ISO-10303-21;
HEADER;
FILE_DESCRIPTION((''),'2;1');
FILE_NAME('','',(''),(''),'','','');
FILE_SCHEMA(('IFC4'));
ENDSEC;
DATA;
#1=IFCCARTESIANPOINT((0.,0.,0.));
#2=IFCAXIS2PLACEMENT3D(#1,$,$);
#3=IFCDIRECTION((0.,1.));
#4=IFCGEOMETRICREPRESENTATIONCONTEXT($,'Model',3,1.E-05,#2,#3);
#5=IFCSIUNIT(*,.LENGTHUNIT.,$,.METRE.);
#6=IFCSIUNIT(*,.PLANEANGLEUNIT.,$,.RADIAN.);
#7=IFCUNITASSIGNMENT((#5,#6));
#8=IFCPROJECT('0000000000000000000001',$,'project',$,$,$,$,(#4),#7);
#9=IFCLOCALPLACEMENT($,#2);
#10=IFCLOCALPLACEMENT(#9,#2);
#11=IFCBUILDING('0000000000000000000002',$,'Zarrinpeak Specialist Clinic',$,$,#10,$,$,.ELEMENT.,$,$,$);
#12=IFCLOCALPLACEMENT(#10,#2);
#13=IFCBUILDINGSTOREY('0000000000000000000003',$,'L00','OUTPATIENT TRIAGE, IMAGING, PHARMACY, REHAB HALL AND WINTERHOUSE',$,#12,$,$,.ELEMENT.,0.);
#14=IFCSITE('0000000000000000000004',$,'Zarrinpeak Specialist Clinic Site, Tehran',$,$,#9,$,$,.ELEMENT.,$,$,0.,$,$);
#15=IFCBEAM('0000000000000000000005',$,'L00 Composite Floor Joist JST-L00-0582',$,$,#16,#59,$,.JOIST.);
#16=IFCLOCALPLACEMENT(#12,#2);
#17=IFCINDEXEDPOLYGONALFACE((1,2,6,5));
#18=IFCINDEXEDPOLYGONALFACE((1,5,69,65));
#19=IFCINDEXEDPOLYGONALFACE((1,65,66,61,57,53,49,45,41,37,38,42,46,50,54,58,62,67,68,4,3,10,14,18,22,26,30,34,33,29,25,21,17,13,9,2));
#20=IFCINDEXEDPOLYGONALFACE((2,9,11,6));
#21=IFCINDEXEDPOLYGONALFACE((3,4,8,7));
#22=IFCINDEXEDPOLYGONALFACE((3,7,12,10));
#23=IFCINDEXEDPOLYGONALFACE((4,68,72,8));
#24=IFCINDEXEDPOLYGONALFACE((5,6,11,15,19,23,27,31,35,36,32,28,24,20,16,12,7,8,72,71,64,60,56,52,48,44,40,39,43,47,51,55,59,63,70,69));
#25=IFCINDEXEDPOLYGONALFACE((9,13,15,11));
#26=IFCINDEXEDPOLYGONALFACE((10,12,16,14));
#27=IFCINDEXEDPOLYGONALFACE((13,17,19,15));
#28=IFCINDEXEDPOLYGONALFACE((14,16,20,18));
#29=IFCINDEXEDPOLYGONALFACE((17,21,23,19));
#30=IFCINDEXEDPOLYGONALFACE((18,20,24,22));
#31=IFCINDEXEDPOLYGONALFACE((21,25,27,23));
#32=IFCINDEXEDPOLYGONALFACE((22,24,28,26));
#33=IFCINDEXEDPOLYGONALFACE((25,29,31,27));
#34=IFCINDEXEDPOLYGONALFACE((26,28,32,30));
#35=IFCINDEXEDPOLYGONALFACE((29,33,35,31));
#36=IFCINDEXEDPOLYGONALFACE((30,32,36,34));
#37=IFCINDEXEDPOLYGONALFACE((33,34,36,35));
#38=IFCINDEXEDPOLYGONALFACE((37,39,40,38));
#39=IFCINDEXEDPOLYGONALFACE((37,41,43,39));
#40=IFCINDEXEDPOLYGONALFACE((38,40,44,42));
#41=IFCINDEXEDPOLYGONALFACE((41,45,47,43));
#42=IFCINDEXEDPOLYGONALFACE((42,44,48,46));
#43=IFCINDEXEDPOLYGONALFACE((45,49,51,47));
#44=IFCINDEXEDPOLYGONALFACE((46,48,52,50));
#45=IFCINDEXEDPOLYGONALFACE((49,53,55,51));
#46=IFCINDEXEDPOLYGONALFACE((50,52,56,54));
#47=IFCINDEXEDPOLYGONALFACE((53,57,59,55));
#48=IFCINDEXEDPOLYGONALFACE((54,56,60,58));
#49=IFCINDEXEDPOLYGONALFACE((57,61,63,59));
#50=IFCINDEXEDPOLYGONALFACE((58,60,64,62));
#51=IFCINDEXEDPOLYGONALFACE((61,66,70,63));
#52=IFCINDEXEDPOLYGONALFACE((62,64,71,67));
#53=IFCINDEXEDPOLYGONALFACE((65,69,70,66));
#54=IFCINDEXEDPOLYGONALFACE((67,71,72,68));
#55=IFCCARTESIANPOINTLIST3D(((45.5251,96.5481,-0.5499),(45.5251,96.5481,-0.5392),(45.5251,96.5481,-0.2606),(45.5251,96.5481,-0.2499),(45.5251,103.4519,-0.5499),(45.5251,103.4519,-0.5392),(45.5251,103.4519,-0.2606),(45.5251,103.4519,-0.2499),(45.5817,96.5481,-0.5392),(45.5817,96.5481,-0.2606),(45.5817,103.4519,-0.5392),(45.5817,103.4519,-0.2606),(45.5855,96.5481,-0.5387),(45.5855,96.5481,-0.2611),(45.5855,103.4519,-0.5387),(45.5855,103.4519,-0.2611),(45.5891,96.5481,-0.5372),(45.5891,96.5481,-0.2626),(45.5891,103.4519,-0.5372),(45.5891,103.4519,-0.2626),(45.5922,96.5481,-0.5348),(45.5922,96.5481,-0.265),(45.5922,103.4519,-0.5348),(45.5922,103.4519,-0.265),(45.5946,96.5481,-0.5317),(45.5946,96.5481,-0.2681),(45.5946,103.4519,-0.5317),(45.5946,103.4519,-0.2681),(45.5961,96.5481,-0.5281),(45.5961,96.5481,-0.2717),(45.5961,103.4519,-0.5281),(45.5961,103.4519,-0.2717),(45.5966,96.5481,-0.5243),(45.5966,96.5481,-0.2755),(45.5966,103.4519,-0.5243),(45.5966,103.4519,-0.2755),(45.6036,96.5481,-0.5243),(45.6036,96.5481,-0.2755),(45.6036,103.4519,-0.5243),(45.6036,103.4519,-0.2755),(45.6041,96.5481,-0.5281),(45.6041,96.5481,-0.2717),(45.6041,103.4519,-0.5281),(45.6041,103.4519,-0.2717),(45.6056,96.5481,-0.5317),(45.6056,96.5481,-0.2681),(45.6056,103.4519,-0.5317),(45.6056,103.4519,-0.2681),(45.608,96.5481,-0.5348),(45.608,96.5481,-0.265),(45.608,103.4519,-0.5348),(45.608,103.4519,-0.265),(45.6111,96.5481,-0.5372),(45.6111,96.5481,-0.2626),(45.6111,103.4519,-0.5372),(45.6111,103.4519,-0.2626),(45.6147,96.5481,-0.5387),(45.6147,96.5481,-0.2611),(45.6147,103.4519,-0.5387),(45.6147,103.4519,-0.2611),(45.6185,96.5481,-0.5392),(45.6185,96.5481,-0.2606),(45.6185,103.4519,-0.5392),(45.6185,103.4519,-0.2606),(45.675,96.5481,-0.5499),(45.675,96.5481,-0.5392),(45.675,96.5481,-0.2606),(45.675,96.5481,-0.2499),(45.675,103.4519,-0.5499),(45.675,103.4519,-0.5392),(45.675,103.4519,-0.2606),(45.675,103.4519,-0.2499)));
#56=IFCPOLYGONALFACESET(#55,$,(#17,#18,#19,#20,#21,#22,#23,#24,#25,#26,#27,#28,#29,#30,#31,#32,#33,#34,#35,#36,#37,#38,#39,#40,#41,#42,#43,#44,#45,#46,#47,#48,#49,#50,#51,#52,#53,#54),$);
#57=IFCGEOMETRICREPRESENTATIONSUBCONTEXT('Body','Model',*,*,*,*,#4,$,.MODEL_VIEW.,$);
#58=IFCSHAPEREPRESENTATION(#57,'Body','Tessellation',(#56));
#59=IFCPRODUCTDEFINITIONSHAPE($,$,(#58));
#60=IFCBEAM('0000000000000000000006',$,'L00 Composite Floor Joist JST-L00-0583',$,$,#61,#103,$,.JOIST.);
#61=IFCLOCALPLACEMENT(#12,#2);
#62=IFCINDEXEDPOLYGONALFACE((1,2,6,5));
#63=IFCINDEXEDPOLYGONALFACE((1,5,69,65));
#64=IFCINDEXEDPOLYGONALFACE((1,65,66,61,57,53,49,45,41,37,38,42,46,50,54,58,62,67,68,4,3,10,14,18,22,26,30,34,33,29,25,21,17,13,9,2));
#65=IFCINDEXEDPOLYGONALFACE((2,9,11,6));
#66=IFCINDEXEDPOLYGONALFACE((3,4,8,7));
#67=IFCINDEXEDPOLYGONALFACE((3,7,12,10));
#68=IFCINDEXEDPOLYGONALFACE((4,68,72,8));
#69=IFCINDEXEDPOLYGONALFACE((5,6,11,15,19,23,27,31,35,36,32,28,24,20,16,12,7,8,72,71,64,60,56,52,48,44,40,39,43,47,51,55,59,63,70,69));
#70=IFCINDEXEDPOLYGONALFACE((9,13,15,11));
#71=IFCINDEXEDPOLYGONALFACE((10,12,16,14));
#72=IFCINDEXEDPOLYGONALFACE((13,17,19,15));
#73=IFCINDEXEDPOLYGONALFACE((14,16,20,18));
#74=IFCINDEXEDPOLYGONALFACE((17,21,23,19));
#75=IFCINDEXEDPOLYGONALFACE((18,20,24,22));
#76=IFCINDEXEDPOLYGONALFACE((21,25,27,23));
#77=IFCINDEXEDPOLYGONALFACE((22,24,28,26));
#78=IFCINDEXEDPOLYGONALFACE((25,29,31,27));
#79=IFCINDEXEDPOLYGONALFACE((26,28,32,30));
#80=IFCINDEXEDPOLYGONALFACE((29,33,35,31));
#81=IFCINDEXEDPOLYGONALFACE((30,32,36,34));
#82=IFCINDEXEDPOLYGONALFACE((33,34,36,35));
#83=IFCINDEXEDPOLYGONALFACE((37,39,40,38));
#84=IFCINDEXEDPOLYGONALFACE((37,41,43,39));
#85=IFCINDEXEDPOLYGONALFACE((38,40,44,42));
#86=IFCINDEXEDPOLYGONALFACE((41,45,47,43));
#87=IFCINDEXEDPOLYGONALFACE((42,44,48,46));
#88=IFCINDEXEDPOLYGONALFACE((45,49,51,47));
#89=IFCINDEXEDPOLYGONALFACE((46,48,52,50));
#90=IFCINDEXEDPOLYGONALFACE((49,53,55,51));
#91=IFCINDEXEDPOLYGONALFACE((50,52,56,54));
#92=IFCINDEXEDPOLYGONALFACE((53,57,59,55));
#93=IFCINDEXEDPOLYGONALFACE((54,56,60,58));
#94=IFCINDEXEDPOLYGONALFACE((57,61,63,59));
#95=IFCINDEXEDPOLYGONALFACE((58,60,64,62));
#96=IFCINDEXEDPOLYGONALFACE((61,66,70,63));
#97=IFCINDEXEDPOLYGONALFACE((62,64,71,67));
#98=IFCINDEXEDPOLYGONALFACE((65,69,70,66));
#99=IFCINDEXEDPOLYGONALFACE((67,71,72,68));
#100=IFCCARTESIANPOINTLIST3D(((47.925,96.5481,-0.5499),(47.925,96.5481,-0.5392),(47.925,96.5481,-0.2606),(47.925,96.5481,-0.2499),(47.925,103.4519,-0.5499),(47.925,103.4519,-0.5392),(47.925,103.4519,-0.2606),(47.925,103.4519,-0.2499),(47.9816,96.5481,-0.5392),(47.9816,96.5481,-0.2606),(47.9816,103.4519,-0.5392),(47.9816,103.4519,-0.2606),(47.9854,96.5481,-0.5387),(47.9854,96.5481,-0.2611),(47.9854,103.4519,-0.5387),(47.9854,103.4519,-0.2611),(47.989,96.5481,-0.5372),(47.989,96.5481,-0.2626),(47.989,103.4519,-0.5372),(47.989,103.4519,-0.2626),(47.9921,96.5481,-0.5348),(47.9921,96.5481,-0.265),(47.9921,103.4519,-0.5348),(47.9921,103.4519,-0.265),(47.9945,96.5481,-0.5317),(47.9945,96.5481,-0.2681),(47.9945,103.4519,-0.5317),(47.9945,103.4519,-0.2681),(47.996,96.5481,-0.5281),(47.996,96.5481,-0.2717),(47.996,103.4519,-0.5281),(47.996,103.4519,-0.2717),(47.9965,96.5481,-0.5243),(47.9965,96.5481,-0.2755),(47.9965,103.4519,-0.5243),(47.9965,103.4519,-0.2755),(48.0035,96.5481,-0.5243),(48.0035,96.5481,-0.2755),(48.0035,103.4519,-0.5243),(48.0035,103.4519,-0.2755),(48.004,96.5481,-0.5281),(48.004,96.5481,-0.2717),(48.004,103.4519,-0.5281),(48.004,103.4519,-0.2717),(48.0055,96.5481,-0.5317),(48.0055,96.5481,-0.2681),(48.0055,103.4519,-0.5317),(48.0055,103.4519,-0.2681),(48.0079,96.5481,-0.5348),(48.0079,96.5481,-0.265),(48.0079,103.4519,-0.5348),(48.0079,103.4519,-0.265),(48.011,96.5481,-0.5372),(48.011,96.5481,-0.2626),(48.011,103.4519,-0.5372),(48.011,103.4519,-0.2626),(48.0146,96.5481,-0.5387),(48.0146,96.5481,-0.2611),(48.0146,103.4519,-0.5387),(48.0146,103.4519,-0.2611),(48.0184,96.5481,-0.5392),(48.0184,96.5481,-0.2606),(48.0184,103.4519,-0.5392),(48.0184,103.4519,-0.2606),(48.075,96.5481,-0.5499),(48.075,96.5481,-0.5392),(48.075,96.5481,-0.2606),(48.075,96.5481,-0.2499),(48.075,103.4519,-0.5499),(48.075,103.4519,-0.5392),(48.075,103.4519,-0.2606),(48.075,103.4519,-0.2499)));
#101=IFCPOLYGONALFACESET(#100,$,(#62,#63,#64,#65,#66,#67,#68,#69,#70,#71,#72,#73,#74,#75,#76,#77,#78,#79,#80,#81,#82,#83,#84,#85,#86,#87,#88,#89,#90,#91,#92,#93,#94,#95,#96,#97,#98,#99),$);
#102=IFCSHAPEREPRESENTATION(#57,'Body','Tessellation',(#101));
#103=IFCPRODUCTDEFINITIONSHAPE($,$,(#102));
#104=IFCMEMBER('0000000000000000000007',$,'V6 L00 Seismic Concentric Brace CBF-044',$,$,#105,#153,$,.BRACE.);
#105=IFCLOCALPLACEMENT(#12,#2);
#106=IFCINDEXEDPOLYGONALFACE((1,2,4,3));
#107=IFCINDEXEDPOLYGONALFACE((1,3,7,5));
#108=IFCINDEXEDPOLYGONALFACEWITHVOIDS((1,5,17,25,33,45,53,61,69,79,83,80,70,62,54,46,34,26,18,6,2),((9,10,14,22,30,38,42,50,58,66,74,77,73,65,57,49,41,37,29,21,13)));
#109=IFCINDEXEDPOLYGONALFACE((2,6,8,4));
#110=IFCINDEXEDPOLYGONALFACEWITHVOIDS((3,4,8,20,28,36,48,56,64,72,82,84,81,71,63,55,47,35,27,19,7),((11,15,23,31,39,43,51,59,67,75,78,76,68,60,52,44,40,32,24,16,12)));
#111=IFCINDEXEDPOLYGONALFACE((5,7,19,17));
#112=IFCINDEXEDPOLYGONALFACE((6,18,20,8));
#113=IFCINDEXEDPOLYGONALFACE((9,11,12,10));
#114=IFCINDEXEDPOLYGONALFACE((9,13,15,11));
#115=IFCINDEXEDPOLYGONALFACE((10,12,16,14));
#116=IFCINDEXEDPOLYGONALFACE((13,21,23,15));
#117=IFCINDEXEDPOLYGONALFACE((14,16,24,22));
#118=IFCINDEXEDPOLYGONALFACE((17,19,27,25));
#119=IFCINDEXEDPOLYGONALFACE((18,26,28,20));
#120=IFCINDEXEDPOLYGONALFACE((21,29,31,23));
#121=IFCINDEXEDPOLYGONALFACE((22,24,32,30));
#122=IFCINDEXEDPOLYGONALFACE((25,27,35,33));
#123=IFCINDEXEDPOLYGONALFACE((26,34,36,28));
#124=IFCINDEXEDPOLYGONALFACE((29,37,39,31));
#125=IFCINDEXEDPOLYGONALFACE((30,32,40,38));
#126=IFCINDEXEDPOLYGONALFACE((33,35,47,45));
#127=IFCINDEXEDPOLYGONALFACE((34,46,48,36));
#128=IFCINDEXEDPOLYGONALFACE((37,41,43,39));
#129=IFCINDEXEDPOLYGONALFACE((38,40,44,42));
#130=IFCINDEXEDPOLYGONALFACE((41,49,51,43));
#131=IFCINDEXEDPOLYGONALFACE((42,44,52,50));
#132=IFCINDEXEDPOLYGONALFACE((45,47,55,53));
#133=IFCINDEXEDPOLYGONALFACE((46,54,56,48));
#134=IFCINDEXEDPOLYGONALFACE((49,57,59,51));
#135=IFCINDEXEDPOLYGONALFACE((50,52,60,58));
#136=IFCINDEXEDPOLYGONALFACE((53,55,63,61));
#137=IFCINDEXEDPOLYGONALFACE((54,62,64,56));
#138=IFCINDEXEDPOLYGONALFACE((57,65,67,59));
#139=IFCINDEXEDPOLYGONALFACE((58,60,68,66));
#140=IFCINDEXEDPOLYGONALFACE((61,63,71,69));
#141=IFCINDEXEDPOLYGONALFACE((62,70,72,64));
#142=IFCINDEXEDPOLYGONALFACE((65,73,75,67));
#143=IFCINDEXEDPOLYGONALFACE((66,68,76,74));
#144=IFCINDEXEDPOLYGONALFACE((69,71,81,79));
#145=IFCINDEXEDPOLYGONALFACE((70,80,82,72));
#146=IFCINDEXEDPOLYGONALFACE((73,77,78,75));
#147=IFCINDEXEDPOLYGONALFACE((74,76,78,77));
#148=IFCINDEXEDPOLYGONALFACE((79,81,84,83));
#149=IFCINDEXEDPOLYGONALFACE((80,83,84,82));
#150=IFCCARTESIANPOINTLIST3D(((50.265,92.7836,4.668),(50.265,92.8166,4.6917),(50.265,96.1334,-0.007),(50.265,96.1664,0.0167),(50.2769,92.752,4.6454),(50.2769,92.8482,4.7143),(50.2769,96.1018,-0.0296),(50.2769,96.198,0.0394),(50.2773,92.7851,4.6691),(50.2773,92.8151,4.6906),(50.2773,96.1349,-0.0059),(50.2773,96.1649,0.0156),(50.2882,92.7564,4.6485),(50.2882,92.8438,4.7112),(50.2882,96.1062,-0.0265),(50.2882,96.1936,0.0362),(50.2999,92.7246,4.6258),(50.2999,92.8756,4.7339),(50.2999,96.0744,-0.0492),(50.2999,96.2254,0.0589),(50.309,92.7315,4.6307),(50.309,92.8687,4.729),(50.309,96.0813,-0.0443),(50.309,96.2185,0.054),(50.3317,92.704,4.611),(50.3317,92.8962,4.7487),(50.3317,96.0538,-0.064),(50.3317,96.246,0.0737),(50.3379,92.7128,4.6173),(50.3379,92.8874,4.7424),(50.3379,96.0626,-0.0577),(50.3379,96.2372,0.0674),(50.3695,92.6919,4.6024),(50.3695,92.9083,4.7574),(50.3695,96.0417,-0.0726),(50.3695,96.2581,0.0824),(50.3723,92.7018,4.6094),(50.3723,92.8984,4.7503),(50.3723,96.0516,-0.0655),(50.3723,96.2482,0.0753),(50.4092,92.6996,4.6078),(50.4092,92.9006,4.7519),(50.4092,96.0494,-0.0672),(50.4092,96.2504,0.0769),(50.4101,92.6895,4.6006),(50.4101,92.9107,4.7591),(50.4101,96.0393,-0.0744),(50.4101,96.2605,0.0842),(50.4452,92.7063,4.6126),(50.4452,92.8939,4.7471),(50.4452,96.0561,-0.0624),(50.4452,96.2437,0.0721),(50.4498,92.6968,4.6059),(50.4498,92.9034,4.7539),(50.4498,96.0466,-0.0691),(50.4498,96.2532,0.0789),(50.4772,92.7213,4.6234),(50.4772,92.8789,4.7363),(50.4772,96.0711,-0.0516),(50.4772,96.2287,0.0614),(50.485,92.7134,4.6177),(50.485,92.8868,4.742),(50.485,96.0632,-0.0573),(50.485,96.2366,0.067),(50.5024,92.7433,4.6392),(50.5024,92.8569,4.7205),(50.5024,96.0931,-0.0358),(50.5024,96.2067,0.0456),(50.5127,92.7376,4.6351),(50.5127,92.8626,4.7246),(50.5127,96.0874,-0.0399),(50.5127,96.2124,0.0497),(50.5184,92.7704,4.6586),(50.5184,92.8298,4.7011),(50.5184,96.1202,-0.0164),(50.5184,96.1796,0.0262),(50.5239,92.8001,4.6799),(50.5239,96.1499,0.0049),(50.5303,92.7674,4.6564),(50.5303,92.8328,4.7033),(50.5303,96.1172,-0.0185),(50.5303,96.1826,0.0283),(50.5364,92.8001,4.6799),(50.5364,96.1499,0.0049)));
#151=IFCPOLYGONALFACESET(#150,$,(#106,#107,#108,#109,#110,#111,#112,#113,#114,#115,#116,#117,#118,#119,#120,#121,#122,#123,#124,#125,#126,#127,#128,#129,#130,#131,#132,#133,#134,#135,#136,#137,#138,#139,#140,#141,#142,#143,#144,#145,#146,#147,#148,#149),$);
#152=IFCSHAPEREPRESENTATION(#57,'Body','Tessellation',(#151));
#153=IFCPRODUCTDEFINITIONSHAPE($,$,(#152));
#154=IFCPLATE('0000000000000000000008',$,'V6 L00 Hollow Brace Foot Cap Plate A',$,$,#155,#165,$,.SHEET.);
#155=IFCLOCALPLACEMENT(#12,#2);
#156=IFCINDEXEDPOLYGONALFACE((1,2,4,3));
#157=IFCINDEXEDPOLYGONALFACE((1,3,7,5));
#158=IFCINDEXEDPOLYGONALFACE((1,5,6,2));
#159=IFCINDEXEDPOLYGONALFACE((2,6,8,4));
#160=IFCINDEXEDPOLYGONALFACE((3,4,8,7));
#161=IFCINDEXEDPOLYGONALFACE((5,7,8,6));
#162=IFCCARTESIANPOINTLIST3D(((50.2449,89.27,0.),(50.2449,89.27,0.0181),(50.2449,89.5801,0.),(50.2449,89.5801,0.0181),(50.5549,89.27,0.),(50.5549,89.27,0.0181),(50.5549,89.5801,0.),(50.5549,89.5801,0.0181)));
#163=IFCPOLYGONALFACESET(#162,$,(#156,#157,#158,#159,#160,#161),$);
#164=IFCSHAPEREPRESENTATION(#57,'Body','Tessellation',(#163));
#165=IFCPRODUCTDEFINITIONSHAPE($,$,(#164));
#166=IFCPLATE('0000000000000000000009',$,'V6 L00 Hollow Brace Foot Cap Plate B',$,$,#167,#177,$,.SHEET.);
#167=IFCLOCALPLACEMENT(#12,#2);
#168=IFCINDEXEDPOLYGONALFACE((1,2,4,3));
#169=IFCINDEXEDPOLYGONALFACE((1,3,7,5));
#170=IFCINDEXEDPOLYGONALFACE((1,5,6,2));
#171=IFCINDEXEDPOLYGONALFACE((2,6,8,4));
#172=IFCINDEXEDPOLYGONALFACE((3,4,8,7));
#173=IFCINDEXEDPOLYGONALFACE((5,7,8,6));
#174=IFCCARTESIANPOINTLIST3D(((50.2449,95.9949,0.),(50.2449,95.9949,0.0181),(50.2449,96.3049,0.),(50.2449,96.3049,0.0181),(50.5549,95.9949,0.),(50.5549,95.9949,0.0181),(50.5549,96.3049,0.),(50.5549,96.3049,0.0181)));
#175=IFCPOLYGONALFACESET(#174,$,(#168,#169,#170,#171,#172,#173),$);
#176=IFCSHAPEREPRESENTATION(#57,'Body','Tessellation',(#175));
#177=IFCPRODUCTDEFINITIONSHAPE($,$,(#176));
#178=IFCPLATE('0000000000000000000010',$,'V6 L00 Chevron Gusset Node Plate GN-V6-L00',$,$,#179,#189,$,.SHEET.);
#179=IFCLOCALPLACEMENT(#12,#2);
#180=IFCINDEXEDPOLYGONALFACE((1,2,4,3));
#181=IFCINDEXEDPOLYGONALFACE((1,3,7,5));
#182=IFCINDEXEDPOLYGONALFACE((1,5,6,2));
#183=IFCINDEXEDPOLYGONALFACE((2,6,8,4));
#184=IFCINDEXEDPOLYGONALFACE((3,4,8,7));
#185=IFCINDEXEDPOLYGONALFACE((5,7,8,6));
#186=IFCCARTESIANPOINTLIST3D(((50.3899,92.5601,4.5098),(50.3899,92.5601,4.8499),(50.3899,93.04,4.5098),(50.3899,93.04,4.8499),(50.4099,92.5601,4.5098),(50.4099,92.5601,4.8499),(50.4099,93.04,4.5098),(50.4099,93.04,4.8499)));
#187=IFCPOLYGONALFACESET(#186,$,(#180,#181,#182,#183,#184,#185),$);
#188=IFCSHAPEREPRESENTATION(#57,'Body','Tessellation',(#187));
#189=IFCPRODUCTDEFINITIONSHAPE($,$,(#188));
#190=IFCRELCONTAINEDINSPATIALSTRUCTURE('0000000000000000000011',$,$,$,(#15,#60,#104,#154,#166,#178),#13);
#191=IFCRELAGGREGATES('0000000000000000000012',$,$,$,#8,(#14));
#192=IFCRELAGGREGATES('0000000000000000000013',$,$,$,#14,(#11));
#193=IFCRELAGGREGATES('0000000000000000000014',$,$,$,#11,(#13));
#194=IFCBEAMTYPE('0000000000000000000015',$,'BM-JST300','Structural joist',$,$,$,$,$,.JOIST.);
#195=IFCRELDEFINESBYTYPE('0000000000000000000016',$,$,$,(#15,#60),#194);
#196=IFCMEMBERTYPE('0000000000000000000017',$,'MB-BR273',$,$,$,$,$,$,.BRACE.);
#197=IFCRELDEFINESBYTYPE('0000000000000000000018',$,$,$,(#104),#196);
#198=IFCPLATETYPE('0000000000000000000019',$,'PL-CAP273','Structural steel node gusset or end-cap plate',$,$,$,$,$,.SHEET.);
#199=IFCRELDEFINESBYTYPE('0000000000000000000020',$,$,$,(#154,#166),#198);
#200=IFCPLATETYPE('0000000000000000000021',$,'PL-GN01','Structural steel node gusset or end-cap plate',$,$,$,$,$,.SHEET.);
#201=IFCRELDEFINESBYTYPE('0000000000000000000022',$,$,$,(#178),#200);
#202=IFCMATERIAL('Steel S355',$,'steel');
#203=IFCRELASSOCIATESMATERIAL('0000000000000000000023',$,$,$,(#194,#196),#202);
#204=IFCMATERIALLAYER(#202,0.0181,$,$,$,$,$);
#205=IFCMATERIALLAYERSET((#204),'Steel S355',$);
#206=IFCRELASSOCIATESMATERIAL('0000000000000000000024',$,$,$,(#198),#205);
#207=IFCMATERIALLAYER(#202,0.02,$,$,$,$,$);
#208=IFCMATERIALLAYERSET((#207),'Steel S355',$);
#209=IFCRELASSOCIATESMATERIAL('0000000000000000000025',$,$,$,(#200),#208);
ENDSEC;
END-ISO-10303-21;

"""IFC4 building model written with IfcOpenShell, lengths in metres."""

from ifc_helpers import new_model, si_unit, direction, frame, origin, origin_2d, place, context, subcontext, project, spatial, rectangle, hollow_circle, i_section, extrude, material, layer, layer_set, material_profile, profile_set, type_object, element, save


model = new_model("IFC4")

# Units and contexts
model_context = context("Model", 3, precision=1e-05, world=origin(), true_north=direction((0.0, 1.0)))
body_context = subcontext(model_context, "Body", "Model", "MODEL_VIEW")
ifc_project = project(units=[si_unit("LENGTHUNIT", "METRE"), si_unit("PLANEANGLEUNIT", "RADIAN")], contexts=[model_context])

# Site, building, storey
site_placement = place(None, origin())
site = spatial("IfcSite", under=ifc_project, at=site_placement, Name="Zarrinpeak Specialist Clinic Site, Tehran", CompositionType="ELEMENT", RefElevation=0.0)
building_placement = place(site_placement, origin())
building = spatial("IfcBuilding", under=site, at=building_placement, Name="Zarrinpeak Specialist Clinic", CompositionType="ELEMENT")
storey_placement = place(building_placement, origin())
storey = spatial("IfcBuildingStorey", under=building, at=storey_placement, Name="L00", Description="OUTPATIENT TRIAGE, IMAGING, PHARMACY, REHAB HALL AND WINTERHOUSE", CompositionType="ELEMENT", Elevation=0.0)

# Shared definitions
ifc_material_1 = material(Name="Steel S355", Category="steel")

# Beams
ifc_material_profile_1 = material_profile(ifc_material_1, i_section(OverallWidth=0.1499, OverallDepth=0.3, WebThickness=0.0071, FlangeThickness=0.0107, FilletRadius=0.0149, at=origin_2d()), Name="IPE 300")
ifc_profile_set_1 = profile_set([ifc_material_profile_1], Name="Steel S355")
beam_type_1 = type_object("IfcBeamType", Name="BM-JST300", Description="Structural joist", PredefinedType="JOIST", material=ifc_profile_set_1)
for number, where, z_axis, x_axis, name in (
    (1, (45.6001, 96.5481, -0.3999), (0.0, 1.0, 0.0), (-1.0, 0.0, 0.0), "L00 Composite Floor Joist JST-L00-0582"),
    (2, (48.0, 96.5481, -0.3999), (0.0, 1.0, 0.0), (-1.0, 0.0, 0.0), "L00 Composite Floor Joist JST-L00-0583"),
):
    element("IfcBeam", number, at=place(storey_placement, frame(where, z_axis=z_axis, x_axis=x_axis)), inside=storey, type_object=beam_type_1, Name=name, PredefinedType="JOIST", context=body_context, shape_type="SweptSolid", body=[
        extrude(i_section(OverallWidth=0.1499, OverallDepth=0.3, WebThickness=0.0071, FlangeThickness=0.0107, FilletRadius=0.0149, at=origin_2d()), origin(), (0.0, 0.0, 1.0), 6.9038),
    ])

# Member
ifc_material_profile_2 = material_profile(ifc_material_1, hollow_circle(Radius=0.1365, WallThickness=0.0125, at=origin_2d()), Name="CHS 273.0x12.5")
ifc_profile_set_2 = profile_set([ifc_material_profile_2], Name="Steel S355")
member_type = type_object("IfcMemberType", Name="MB-BR273", PredefinedType="BRACE", material=ifc_profile_set_2)
member_placement = place(storey_placement, frame((50.3999, 96.1499, 0.0049), z_axis=(0.0, -0.58245, 0.812866), x_axis=(1.0, 0.0, 0.0)))
element("IfcMember", 3, at=member_placement, inside=storey, type_object=member_type, Name="V6 L00 Seismic Concentric Brace CBF-044", PredefinedType="BRACE", context=body_context, shape_type="SweptSolid", body=[
    extrude(hollow_circle(Radius=0.1365, WallThickness=0.0125, at=origin_2d()), origin(), (0.0, 0.0, 1.0), 5.7512),
])

# Plates
ifc_layer_1 = layer(ifc_material_1, 0.0181)
ifc_layer_set_1 = layer_set([ifc_layer_1], Name="Steel S355")
plate_type_1 = type_object("IfcPlateType", Name="PL-CAP273", Description="Structural steel node gusset or end-cap plate", PredefinedType="SHEET", material=ifc_layer_set_1)
for number, where, z_axis, x_axis, name in (
    (4, (50.3999, 89.425, 0.0), (0.0, 0.0, 1.0), (1.0, 0.0, 0.0), "V6 L00 Hollow Brace Foot Cap Plate A"),
    (5, (50.3999, 96.1499, 0.0), (0.0, 0.0, 1.0), (1.0, 0.0, 0.0), "V6 L00 Hollow Brace Foot Cap Plate B"),
):
    element("IfcPlate", number, at=place(storey_placement, frame(where, z_axis=z_axis, x_axis=x_axis)), inside=storey, type_object=plate_type_1, Name=name, PredefinedType="SHEET", context=body_context, shape_type="SweptSolid", body=[
        extrude(rectangle(XDim=0.3101, YDim=0.3101, at=origin_2d()), origin(), (0.0, 0.0, 1.0), 0.0181),
    ])
ifc_layer_2 = layer(ifc_material_1, 0.02)
ifc_layer_set_2 = layer_set([ifc_layer_2], Name="Steel S355")
plate_type_2 = type_object("IfcPlateType", Name="PL-GN01", Description="Structural steel node gusset or end-cap plate", PredefinedType="SHEET", material=ifc_layer_set_2)
plate_1_placement = place(storey_placement, frame((50.3999, 92.8, 4.5098), z_axis=(0.0, 0.0, 1.0), x_axis=(1.0, 0.0, 0.0)))
element("IfcPlate", 6, at=plate_1_placement, inside=storey, type_object=plate_type_2, Name="V6 L00 Chevron Gusset Node Plate GN-V6-L00", PredefinedType="SHEET", context=body_context, shape_type="SweptSolid", body=[
    extrude(rectangle(XDim=0.02, YDim=0.48, at=origin_2d()), origin(), (0.0, 0.0, 1.0), 0.3401),
])

save(model, "model.ifc")
